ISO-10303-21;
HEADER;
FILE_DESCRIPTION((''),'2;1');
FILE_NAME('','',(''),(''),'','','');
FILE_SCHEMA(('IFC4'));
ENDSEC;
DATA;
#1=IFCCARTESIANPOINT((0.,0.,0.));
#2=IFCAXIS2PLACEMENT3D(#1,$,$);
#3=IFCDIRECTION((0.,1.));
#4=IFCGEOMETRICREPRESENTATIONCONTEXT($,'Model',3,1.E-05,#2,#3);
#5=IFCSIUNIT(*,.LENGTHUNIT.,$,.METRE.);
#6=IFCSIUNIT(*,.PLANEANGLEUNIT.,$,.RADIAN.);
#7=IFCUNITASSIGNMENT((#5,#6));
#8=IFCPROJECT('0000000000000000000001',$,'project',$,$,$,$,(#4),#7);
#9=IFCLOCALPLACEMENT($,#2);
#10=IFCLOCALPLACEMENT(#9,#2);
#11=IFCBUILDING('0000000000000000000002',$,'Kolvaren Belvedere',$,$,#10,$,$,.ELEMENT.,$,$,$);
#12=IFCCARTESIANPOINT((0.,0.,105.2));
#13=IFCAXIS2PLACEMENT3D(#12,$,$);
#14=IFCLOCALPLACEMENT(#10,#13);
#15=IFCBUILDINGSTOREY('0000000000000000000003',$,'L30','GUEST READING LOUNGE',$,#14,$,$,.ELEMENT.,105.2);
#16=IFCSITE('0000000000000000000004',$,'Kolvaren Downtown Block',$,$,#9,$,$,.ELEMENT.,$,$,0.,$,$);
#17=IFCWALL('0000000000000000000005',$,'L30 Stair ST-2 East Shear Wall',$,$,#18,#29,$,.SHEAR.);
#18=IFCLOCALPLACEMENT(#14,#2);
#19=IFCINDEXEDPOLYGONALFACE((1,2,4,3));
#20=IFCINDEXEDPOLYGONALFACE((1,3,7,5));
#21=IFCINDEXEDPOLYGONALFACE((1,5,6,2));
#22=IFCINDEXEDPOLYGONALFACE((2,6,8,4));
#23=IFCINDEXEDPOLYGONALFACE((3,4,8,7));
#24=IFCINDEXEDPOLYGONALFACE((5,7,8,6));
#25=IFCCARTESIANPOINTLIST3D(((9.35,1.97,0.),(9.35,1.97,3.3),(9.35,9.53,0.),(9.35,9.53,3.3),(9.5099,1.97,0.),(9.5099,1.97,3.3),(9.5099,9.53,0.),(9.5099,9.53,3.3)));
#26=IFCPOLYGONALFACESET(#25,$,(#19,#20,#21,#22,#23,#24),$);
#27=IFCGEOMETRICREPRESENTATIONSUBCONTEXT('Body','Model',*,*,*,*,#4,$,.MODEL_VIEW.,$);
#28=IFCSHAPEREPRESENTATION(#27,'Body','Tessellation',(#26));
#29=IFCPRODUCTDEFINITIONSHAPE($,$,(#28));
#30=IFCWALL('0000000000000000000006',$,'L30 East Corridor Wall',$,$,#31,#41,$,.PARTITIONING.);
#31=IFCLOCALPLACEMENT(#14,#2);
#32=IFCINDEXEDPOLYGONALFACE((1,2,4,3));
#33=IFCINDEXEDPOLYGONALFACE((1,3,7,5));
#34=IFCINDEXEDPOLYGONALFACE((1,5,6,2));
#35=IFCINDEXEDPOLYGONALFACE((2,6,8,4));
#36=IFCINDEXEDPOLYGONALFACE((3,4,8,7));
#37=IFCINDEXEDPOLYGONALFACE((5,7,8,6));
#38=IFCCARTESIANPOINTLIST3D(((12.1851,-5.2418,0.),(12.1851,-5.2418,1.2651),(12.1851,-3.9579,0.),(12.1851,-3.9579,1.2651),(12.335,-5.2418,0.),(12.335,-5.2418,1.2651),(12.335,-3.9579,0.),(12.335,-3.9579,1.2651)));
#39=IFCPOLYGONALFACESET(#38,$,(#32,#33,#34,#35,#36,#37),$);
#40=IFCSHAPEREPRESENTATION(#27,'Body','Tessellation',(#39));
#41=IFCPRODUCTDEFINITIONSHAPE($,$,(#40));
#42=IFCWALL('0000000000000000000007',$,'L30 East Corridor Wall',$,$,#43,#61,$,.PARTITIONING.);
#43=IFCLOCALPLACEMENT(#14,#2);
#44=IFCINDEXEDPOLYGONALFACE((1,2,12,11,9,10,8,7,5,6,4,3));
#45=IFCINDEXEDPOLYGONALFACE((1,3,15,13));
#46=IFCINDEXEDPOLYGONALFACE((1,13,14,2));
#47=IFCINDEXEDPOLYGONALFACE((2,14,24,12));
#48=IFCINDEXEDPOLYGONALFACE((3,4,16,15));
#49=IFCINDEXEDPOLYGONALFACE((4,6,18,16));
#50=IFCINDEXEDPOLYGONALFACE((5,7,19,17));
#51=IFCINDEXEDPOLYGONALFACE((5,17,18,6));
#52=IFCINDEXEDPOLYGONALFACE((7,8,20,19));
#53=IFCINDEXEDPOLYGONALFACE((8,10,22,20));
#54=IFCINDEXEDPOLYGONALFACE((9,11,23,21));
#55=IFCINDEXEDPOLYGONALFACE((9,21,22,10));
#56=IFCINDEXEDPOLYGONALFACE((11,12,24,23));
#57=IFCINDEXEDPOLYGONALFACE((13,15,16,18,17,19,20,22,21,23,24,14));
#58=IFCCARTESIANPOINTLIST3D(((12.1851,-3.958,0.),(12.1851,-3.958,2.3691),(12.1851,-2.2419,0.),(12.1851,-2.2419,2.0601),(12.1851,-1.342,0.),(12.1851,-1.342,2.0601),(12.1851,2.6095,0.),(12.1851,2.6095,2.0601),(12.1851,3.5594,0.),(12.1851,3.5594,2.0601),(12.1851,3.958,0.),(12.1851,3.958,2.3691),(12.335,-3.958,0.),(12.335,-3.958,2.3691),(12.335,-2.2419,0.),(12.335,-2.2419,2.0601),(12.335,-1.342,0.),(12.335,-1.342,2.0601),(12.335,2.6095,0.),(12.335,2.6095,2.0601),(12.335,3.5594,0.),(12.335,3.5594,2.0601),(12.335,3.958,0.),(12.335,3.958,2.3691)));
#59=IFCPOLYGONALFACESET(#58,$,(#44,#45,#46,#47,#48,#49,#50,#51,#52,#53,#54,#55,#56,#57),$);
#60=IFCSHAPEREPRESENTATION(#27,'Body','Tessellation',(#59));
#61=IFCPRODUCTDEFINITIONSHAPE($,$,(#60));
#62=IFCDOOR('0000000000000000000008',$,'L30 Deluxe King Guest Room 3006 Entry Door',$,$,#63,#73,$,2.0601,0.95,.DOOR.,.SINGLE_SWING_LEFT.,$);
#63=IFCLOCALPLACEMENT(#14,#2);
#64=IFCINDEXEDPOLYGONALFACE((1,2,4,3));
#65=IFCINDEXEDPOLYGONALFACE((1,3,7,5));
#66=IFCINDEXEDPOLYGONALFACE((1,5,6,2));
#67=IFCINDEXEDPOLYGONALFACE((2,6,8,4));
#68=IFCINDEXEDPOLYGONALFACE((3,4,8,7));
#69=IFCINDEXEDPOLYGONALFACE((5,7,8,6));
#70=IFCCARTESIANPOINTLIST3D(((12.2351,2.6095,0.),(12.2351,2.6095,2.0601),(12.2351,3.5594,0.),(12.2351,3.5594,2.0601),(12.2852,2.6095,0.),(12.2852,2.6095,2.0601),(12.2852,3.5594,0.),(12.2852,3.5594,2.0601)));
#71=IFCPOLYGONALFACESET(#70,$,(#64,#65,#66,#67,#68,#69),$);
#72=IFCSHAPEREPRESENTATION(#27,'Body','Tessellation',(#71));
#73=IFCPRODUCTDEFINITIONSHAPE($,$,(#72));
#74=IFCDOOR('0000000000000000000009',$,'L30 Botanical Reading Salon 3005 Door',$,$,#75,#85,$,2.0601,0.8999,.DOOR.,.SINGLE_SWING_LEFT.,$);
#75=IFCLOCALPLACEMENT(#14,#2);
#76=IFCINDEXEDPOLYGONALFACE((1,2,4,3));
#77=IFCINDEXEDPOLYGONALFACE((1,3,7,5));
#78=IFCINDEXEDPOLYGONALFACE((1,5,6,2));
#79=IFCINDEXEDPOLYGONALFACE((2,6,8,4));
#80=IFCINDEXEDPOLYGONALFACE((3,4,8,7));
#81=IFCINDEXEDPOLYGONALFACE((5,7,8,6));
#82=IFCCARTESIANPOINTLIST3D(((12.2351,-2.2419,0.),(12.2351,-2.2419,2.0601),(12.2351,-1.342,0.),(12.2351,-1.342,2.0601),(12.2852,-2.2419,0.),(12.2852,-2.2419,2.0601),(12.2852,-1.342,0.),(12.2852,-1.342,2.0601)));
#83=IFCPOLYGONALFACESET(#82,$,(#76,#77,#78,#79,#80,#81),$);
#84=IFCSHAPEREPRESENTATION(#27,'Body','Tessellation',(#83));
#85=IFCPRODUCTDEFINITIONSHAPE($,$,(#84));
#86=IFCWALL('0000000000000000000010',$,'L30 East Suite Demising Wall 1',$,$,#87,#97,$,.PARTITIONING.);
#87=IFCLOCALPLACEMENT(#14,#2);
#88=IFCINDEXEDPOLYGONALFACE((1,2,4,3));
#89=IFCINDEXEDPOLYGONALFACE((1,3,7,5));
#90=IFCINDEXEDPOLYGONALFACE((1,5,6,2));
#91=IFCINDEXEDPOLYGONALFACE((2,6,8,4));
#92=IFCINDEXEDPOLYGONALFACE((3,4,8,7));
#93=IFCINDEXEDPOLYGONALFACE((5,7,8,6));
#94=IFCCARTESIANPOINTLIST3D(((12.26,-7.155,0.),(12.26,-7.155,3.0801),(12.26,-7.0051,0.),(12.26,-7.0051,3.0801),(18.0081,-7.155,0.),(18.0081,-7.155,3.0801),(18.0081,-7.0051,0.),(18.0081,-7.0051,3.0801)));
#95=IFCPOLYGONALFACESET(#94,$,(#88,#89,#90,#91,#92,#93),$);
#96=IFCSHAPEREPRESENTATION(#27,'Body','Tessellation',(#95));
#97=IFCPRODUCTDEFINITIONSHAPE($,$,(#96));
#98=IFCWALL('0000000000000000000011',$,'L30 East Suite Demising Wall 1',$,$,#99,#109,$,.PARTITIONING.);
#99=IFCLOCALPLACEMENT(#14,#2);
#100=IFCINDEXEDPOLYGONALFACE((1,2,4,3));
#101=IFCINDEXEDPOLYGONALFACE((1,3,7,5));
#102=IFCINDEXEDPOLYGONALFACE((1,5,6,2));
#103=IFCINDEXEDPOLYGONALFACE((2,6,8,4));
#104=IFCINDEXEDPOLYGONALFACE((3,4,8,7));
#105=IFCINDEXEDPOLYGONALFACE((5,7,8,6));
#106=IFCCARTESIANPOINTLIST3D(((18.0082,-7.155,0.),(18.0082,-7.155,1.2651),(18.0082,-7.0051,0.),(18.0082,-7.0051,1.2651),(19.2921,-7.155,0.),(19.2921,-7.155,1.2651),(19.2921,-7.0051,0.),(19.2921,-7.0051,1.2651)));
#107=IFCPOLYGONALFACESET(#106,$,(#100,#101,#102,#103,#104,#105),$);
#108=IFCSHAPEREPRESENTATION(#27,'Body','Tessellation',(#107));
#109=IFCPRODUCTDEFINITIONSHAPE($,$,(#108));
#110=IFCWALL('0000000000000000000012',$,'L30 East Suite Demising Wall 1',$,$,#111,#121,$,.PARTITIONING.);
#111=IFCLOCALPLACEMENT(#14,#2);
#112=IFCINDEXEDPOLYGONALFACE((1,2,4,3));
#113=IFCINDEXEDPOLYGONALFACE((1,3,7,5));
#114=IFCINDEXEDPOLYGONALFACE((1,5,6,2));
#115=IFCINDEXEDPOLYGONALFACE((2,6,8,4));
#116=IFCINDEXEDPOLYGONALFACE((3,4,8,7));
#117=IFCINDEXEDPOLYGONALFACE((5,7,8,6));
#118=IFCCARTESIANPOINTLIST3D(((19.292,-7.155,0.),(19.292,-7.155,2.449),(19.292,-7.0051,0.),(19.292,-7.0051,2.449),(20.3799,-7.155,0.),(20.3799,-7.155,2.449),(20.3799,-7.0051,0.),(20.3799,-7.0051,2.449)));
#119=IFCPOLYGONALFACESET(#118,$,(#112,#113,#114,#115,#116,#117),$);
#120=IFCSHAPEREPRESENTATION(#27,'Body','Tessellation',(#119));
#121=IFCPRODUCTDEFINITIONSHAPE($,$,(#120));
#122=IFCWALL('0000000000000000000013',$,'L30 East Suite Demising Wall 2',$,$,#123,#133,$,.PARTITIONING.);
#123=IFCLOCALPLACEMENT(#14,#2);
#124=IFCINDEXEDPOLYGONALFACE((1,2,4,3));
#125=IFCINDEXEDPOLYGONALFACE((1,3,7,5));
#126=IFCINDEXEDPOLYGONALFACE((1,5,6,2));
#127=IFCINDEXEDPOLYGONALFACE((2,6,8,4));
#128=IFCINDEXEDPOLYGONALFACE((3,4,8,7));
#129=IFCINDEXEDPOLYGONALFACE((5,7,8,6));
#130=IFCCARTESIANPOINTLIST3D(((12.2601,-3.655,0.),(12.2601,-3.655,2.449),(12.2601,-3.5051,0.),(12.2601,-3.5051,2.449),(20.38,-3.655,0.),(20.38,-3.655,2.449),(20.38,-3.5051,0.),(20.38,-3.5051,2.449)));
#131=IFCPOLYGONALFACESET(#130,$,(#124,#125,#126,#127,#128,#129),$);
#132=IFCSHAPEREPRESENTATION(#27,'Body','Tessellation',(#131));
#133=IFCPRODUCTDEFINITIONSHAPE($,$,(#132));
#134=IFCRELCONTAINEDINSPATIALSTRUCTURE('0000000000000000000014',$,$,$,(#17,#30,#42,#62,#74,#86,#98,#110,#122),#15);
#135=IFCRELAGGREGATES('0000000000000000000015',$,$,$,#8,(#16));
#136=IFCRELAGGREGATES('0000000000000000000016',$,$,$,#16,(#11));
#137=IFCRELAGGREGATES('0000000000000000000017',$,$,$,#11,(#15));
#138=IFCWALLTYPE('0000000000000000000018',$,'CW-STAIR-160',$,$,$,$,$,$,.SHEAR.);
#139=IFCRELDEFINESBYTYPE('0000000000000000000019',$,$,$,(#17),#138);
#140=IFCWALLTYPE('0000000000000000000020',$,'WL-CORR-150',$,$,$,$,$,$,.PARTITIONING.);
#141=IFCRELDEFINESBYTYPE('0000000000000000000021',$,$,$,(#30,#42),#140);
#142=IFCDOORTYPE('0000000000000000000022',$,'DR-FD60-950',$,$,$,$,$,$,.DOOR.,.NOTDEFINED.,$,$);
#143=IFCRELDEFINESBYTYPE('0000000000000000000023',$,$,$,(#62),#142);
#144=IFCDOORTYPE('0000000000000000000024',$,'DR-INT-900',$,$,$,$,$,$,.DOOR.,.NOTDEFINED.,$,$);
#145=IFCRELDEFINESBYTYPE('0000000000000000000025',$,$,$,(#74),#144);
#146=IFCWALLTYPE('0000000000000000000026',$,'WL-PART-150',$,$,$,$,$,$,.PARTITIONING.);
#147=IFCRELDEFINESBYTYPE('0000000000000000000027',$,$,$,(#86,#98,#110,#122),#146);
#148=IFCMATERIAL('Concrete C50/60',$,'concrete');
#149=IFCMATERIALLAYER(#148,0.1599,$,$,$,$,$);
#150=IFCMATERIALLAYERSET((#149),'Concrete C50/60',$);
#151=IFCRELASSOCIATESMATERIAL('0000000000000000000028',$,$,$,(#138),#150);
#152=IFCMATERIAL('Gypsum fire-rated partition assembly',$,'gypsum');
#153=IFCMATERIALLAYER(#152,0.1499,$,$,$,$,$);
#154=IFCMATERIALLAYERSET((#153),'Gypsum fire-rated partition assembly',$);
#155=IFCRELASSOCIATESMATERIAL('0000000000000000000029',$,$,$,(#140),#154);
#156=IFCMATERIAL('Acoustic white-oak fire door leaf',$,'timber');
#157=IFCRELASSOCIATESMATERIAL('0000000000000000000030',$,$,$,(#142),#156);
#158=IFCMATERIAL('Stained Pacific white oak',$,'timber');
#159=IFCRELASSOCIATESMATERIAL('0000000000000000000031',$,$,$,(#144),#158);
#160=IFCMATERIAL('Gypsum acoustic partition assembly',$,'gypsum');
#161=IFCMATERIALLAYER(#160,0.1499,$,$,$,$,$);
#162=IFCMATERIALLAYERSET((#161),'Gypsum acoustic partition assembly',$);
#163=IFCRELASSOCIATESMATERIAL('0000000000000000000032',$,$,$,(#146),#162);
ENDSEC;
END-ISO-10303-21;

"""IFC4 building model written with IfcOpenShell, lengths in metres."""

from ifc_helpers import new_model, si_unit, direction, frame, frame_2d, origin, place, context, subcontext, project, spatial, rectangle, extrude, material, layer, layer_set, type_object, element, fill, save


model = new_model("IFC4")

# Units and contexts
model_context = context("Model", 3, precision=1e-05, world=origin(), true_north=direction((0.0, 1.0)))
body_context = subcontext(model_context, "Body", "Model", "MODEL_VIEW")
ifc_project = project(units=[si_unit("LENGTHUNIT", "METRE"), si_unit("PLANEANGLEUNIT", "RADIAN")], contexts=[model_context])

# Site, building, storey
site_placement = place(None, origin())
site = spatial("IfcSite", under=ifc_project, at=site_placement, Name="Kolvaren Downtown Block", CompositionType="ELEMENT", RefElevation=0.0)
building_placement = place(site_placement, origin())
building = spatial("IfcBuilding", under=site, at=building_placement, Name="Kolvaren Belvedere", CompositionType="ELEMENT")
storey_placement = place(building_placement, frame((0.0, 0.0, 105.2)))
storey = spatial("IfcBuildingStorey", under=building, at=storey_placement, Name="L30", Description="GUEST READING LOUNGE", CompositionType="ELEMENT", Elevation=105.2)

# Walls
ifc_material_1 = material(Name="Concrete C50/60", Category="concrete")
ifc_layer_1 = layer(ifc_material_1, 0.1599)
ifc_layer_set_1 = layer_set([ifc_layer_1], Name="Concrete C50/60")
wall_type_1 = type_object("IfcWallType", Name="CW-STAIR-160", PredefinedType="SHEAR", material=ifc_layer_set_1)
wall_1_placement = place(storey_placement, frame((9.4299, 1.97, 0.0), z_axis=(0.0, 0.0, 1.0), x_axis=(0.0, 1.0, 0.0)))
element("IfcWall", 1, at=wall_1_placement, inside=storey, type_object=wall_type_1, Name="L30 Stair ST-2 East Shear Wall", PredefinedType="SHEAR", context=body_context, shape_type="SweptSolid", body=[
    extrude(rectangle(XDim=7.5601, YDim=0.1599, at=frame_2d((3.78, 0.0))), origin(), (0.0, 0.0, 1.0), 3.3),
])
ifc_material_2 = material(Name="Gypsum fire-rated partition assembly", Category="gypsum")
ifc_layer_2 = layer(ifc_material_2, 0.1499)
ifc_layer_set_2 = layer_set([ifc_layer_2], Name="Gypsum fire-rated partition assembly")
wall_type_2 = type_object("IfcWallType", Name="WL-CORR-150", PredefinedType="PARTITIONING", material=ifc_layer_set_2)
wall_2_placement = place(storey_placement, frame((12.26, -5.2419, 0.0), z_axis=(0.0, 0.0, 1.0), x_axis=(0.0, 1.0, 0.0)))
element("IfcWall", 2, at=wall_2_placement, inside=storey, type_object=wall_type_2, Name="L30 East Corridor Wall", PredefinedType="PARTITIONING", context=body_context, shape_type="SweptSolid", body=[
    extrude(rectangle(XDim=1.2839, YDim=0.1499, at=frame_2d((0.6421, 0.0))), origin(), (0.0, 0.0, 1.0), 1.2651),
])

# Wall, openings, doors
wall_3_placement = place(storey_placement, frame((12.26, -3.958, 0.0), z_axis=(0.0, 0.0, 1.0), x_axis=(0.0, 1.0, 0.0)))
wall_3 = element("IfcWall", 3, at=wall_3_placement, inside=storey, type_object=wall_type_2, Name="L30 East Corridor Wall", PredefinedType="PARTITIONING", context=body_context, shape_type="SweptSolid", body=[
    extrude(rectangle(XDim=7.916, YDim=0.1499, at=frame_2d((3.958, 0.0))), origin(), (0.0, 0.0, 1.0), 2.3691),
])
opening_1_placement = place(wall_3_placement, frame((1.7161, 0.0, 0.0)))
opening_1 = element("IfcOpeningElement", 4, at=opening_1_placement, cuts=wall_3, PredefinedType="OPENING", context=body_context, shape_type="SweptSolid", body=[
    extrude(rectangle(XDim=0.8999, YDim=2.0601, at=frame_2d((0.45, 1.03))), frame((0.0, 0.085, 0.0), z_axis=(0.0, -1.0, 0.0), x_axis=(1.0, 0.0, 0.0)), (0.0, 0.0, 1.0), 0.1699),
])
opening_2_placement = place(wall_3_placement, frame((6.5674, 0.0, 0.0)))
opening_2 = element("IfcOpeningElement", 5, at=opening_2_placement, cuts=wall_3, PredefinedType="OPENING", context=body_context, shape_type="SweptSolid", body=[
    extrude(rectangle(XDim=0.95, YDim=2.0601, at=frame_2d((0.4751, 1.03))), frame((0.0, 0.085, 0.0), z_axis=(0.0, -1.0, 0.0), x_axis=(1.0, 0.0, 0.0)), (0.0, 0.0, 1.0), 0.1699),
])
ifc_material_3 = material(Name="Acoustic white-oak fire door leaf", Category="timber")
door_type_1 = type_object("IfcDoorType", Name="DR-FD60-950", OperationType="NOTDEFINED", PredefinedType="DOOR", material=ifc_material_3)
door_1_placement = place(opening_2_placement, origin())
door_1 = element("IfcDoor", 6, at=door_1_placement, inside=storey, type_object=door_type_1, Name="L30 Deluxe King Guest Room 3006 Entry Door", OperationType="SINGLE_SWING_LEFT", OverallHeight=2.0601, OverallWidth=0.95, PredefinedType="DOOR", context=body_context, shape_type="SweptSolid", body=[
    extrude(rectangle(XDim=0.95, YDim=2.0601, at=frame_2d((0.4751, 1.03))), frame((0.0, 0.0249, 0.0), z_axis=(0.0, -1.0, 0.0), x_axis=(1.0, 0.0, 0.0)), (0.0, 0.0, 1.0), 0.05),
])
fill(opening_2, door_1)
ifc_material_4 = material(Name="Stained Pacific white oak", Category="timber")
door_type_2 = type_object("IfcDoorType", Name="DR-INT-900", OperationType="NOTDEFINED", PredefinedType="DOOR", material=ifc_material_4)
door_2_placement = place(opening_1_placement, origin())
door_2 = element("IfcDoor", 7, at=door_2_placement, inside=storey, type_object=door_type_2, Name="L30 Botanical Reading Salon 3005 Door", OperationType="SINGLE_SWING_LEFT", OverallHeight=2.0601, OverallWidth=0.8999, PredefinedType="DOOR", context=body_context, shape_type="SweptSolid", body=[
    extrude(rectangle(XDim=0.8999, YDim=2.0601, at=frame_2d((0.45, 1.03))), frame((0.0, 0.0249, 0.0), z_axis=(0.0, -1.0, 0.0), x_axis=(1.0, 0.0, 0.0)), (0.0, 0.0, 1.0), 0.05),
])
fill(opening_1, door_2)

# Walls
ifc_material_5 = material(Name="Gypsum acoustic partition assembly", Category="gypsum")
ifc_layer_3 = layer(ifc_material_5, 0.1499)
ifc_layer_set_3 = layer_set([ifc_layer_3], Name="Gypsum acoustic partition assembly")
wall_type_3 = type_object("IfcWallType", Name="WL-PART-150", PredefinedType="PARTITIONING", material=ifc_layer_set_3)
wall_4_placement = place(storey_placement, frame((12.26, -7.0801, 0.0), z_axis=(0.0, 0.0, 1.0), x_axis=(1.0, 0.0, 0.0)))
element("IfcWall", 8, at=wall_4_placement, inside=storey, type_object=wall_type_3, Name="L30 East Suite Demising Wall 1", PredefinedType="PARTITIONING", context=body_context, shape_type="SweptSolid", body=[
    extrude(rectangle(XDim=5.748, YDim=0.1499, at=frame_2d((2.874, 0.0))), origin(), (0.0, 0.0, 1.0), 3.0801),
])
wall_5_placement = place(storey_placement, frame((18.0081, -7.0801, 0.0), z_axis=(0.0, 0.0, 1.0), x_axis=(1.0, 0.0, 0.0)))
element("IfcWall", 9, at=wall_5_placement, inside=storey, type_object=wall_type_3, Name="L30 East Suite Demising Wall 1", PredefinedType="PARTITIONING", context=body_context, shape_type="SweptSolid", body=[
    extrude(rectangle(XDim=1.2839, YDim=0.1499, at=frame_2d((0.6421, 0.0))), origin(), (0.0, 0.0, 1.0), 1.2651),
])
wall_6_placement = place(storey_placement, frame((19.292, -7.0801, 0.0), z_axis=(0.0, 0.0, 1.0), x_axis=(1.0, 0.0, 0.0)))
element("IfcWall", 10, at=wall_6_placement, inside=storey, type_object=wall_type_3, Name="L30 East Suite Demising Wall 1", PredefinedType="PARTITIONING", context=body_context, shape_type="SweptSolid", body=[
    extrude(rectangle(XDim=1.0879, YDim=0.1499, at=frame_2d((0.5439, 0.0))), origin(), (0.0, 0.0, 1.0), 2.449),
])
wall_7_placement = place(storey_placement, frame((12.26, -3.5801, 0.0), z_axis=(0.0, 0.0, 1.0), x_axis=(1.0, 0.0, 0.0)))
element("IfcWall", 11, at=wall_7_placement, inside=storey, type_object=wall_type_3, Name="L30 East Suite Demising Wall 2", PredefinedType="PARTITIONING", context=body_context, shape_type="SweptSolid", body=[
    extrude(rectangle(XDim=8.1199, YDim=0.1499, at=frame_2d((4.0601, 0.0))), origin(), (0.0, 0.0, 1.0), 2.449),
])

save(model, "model.ifc")
